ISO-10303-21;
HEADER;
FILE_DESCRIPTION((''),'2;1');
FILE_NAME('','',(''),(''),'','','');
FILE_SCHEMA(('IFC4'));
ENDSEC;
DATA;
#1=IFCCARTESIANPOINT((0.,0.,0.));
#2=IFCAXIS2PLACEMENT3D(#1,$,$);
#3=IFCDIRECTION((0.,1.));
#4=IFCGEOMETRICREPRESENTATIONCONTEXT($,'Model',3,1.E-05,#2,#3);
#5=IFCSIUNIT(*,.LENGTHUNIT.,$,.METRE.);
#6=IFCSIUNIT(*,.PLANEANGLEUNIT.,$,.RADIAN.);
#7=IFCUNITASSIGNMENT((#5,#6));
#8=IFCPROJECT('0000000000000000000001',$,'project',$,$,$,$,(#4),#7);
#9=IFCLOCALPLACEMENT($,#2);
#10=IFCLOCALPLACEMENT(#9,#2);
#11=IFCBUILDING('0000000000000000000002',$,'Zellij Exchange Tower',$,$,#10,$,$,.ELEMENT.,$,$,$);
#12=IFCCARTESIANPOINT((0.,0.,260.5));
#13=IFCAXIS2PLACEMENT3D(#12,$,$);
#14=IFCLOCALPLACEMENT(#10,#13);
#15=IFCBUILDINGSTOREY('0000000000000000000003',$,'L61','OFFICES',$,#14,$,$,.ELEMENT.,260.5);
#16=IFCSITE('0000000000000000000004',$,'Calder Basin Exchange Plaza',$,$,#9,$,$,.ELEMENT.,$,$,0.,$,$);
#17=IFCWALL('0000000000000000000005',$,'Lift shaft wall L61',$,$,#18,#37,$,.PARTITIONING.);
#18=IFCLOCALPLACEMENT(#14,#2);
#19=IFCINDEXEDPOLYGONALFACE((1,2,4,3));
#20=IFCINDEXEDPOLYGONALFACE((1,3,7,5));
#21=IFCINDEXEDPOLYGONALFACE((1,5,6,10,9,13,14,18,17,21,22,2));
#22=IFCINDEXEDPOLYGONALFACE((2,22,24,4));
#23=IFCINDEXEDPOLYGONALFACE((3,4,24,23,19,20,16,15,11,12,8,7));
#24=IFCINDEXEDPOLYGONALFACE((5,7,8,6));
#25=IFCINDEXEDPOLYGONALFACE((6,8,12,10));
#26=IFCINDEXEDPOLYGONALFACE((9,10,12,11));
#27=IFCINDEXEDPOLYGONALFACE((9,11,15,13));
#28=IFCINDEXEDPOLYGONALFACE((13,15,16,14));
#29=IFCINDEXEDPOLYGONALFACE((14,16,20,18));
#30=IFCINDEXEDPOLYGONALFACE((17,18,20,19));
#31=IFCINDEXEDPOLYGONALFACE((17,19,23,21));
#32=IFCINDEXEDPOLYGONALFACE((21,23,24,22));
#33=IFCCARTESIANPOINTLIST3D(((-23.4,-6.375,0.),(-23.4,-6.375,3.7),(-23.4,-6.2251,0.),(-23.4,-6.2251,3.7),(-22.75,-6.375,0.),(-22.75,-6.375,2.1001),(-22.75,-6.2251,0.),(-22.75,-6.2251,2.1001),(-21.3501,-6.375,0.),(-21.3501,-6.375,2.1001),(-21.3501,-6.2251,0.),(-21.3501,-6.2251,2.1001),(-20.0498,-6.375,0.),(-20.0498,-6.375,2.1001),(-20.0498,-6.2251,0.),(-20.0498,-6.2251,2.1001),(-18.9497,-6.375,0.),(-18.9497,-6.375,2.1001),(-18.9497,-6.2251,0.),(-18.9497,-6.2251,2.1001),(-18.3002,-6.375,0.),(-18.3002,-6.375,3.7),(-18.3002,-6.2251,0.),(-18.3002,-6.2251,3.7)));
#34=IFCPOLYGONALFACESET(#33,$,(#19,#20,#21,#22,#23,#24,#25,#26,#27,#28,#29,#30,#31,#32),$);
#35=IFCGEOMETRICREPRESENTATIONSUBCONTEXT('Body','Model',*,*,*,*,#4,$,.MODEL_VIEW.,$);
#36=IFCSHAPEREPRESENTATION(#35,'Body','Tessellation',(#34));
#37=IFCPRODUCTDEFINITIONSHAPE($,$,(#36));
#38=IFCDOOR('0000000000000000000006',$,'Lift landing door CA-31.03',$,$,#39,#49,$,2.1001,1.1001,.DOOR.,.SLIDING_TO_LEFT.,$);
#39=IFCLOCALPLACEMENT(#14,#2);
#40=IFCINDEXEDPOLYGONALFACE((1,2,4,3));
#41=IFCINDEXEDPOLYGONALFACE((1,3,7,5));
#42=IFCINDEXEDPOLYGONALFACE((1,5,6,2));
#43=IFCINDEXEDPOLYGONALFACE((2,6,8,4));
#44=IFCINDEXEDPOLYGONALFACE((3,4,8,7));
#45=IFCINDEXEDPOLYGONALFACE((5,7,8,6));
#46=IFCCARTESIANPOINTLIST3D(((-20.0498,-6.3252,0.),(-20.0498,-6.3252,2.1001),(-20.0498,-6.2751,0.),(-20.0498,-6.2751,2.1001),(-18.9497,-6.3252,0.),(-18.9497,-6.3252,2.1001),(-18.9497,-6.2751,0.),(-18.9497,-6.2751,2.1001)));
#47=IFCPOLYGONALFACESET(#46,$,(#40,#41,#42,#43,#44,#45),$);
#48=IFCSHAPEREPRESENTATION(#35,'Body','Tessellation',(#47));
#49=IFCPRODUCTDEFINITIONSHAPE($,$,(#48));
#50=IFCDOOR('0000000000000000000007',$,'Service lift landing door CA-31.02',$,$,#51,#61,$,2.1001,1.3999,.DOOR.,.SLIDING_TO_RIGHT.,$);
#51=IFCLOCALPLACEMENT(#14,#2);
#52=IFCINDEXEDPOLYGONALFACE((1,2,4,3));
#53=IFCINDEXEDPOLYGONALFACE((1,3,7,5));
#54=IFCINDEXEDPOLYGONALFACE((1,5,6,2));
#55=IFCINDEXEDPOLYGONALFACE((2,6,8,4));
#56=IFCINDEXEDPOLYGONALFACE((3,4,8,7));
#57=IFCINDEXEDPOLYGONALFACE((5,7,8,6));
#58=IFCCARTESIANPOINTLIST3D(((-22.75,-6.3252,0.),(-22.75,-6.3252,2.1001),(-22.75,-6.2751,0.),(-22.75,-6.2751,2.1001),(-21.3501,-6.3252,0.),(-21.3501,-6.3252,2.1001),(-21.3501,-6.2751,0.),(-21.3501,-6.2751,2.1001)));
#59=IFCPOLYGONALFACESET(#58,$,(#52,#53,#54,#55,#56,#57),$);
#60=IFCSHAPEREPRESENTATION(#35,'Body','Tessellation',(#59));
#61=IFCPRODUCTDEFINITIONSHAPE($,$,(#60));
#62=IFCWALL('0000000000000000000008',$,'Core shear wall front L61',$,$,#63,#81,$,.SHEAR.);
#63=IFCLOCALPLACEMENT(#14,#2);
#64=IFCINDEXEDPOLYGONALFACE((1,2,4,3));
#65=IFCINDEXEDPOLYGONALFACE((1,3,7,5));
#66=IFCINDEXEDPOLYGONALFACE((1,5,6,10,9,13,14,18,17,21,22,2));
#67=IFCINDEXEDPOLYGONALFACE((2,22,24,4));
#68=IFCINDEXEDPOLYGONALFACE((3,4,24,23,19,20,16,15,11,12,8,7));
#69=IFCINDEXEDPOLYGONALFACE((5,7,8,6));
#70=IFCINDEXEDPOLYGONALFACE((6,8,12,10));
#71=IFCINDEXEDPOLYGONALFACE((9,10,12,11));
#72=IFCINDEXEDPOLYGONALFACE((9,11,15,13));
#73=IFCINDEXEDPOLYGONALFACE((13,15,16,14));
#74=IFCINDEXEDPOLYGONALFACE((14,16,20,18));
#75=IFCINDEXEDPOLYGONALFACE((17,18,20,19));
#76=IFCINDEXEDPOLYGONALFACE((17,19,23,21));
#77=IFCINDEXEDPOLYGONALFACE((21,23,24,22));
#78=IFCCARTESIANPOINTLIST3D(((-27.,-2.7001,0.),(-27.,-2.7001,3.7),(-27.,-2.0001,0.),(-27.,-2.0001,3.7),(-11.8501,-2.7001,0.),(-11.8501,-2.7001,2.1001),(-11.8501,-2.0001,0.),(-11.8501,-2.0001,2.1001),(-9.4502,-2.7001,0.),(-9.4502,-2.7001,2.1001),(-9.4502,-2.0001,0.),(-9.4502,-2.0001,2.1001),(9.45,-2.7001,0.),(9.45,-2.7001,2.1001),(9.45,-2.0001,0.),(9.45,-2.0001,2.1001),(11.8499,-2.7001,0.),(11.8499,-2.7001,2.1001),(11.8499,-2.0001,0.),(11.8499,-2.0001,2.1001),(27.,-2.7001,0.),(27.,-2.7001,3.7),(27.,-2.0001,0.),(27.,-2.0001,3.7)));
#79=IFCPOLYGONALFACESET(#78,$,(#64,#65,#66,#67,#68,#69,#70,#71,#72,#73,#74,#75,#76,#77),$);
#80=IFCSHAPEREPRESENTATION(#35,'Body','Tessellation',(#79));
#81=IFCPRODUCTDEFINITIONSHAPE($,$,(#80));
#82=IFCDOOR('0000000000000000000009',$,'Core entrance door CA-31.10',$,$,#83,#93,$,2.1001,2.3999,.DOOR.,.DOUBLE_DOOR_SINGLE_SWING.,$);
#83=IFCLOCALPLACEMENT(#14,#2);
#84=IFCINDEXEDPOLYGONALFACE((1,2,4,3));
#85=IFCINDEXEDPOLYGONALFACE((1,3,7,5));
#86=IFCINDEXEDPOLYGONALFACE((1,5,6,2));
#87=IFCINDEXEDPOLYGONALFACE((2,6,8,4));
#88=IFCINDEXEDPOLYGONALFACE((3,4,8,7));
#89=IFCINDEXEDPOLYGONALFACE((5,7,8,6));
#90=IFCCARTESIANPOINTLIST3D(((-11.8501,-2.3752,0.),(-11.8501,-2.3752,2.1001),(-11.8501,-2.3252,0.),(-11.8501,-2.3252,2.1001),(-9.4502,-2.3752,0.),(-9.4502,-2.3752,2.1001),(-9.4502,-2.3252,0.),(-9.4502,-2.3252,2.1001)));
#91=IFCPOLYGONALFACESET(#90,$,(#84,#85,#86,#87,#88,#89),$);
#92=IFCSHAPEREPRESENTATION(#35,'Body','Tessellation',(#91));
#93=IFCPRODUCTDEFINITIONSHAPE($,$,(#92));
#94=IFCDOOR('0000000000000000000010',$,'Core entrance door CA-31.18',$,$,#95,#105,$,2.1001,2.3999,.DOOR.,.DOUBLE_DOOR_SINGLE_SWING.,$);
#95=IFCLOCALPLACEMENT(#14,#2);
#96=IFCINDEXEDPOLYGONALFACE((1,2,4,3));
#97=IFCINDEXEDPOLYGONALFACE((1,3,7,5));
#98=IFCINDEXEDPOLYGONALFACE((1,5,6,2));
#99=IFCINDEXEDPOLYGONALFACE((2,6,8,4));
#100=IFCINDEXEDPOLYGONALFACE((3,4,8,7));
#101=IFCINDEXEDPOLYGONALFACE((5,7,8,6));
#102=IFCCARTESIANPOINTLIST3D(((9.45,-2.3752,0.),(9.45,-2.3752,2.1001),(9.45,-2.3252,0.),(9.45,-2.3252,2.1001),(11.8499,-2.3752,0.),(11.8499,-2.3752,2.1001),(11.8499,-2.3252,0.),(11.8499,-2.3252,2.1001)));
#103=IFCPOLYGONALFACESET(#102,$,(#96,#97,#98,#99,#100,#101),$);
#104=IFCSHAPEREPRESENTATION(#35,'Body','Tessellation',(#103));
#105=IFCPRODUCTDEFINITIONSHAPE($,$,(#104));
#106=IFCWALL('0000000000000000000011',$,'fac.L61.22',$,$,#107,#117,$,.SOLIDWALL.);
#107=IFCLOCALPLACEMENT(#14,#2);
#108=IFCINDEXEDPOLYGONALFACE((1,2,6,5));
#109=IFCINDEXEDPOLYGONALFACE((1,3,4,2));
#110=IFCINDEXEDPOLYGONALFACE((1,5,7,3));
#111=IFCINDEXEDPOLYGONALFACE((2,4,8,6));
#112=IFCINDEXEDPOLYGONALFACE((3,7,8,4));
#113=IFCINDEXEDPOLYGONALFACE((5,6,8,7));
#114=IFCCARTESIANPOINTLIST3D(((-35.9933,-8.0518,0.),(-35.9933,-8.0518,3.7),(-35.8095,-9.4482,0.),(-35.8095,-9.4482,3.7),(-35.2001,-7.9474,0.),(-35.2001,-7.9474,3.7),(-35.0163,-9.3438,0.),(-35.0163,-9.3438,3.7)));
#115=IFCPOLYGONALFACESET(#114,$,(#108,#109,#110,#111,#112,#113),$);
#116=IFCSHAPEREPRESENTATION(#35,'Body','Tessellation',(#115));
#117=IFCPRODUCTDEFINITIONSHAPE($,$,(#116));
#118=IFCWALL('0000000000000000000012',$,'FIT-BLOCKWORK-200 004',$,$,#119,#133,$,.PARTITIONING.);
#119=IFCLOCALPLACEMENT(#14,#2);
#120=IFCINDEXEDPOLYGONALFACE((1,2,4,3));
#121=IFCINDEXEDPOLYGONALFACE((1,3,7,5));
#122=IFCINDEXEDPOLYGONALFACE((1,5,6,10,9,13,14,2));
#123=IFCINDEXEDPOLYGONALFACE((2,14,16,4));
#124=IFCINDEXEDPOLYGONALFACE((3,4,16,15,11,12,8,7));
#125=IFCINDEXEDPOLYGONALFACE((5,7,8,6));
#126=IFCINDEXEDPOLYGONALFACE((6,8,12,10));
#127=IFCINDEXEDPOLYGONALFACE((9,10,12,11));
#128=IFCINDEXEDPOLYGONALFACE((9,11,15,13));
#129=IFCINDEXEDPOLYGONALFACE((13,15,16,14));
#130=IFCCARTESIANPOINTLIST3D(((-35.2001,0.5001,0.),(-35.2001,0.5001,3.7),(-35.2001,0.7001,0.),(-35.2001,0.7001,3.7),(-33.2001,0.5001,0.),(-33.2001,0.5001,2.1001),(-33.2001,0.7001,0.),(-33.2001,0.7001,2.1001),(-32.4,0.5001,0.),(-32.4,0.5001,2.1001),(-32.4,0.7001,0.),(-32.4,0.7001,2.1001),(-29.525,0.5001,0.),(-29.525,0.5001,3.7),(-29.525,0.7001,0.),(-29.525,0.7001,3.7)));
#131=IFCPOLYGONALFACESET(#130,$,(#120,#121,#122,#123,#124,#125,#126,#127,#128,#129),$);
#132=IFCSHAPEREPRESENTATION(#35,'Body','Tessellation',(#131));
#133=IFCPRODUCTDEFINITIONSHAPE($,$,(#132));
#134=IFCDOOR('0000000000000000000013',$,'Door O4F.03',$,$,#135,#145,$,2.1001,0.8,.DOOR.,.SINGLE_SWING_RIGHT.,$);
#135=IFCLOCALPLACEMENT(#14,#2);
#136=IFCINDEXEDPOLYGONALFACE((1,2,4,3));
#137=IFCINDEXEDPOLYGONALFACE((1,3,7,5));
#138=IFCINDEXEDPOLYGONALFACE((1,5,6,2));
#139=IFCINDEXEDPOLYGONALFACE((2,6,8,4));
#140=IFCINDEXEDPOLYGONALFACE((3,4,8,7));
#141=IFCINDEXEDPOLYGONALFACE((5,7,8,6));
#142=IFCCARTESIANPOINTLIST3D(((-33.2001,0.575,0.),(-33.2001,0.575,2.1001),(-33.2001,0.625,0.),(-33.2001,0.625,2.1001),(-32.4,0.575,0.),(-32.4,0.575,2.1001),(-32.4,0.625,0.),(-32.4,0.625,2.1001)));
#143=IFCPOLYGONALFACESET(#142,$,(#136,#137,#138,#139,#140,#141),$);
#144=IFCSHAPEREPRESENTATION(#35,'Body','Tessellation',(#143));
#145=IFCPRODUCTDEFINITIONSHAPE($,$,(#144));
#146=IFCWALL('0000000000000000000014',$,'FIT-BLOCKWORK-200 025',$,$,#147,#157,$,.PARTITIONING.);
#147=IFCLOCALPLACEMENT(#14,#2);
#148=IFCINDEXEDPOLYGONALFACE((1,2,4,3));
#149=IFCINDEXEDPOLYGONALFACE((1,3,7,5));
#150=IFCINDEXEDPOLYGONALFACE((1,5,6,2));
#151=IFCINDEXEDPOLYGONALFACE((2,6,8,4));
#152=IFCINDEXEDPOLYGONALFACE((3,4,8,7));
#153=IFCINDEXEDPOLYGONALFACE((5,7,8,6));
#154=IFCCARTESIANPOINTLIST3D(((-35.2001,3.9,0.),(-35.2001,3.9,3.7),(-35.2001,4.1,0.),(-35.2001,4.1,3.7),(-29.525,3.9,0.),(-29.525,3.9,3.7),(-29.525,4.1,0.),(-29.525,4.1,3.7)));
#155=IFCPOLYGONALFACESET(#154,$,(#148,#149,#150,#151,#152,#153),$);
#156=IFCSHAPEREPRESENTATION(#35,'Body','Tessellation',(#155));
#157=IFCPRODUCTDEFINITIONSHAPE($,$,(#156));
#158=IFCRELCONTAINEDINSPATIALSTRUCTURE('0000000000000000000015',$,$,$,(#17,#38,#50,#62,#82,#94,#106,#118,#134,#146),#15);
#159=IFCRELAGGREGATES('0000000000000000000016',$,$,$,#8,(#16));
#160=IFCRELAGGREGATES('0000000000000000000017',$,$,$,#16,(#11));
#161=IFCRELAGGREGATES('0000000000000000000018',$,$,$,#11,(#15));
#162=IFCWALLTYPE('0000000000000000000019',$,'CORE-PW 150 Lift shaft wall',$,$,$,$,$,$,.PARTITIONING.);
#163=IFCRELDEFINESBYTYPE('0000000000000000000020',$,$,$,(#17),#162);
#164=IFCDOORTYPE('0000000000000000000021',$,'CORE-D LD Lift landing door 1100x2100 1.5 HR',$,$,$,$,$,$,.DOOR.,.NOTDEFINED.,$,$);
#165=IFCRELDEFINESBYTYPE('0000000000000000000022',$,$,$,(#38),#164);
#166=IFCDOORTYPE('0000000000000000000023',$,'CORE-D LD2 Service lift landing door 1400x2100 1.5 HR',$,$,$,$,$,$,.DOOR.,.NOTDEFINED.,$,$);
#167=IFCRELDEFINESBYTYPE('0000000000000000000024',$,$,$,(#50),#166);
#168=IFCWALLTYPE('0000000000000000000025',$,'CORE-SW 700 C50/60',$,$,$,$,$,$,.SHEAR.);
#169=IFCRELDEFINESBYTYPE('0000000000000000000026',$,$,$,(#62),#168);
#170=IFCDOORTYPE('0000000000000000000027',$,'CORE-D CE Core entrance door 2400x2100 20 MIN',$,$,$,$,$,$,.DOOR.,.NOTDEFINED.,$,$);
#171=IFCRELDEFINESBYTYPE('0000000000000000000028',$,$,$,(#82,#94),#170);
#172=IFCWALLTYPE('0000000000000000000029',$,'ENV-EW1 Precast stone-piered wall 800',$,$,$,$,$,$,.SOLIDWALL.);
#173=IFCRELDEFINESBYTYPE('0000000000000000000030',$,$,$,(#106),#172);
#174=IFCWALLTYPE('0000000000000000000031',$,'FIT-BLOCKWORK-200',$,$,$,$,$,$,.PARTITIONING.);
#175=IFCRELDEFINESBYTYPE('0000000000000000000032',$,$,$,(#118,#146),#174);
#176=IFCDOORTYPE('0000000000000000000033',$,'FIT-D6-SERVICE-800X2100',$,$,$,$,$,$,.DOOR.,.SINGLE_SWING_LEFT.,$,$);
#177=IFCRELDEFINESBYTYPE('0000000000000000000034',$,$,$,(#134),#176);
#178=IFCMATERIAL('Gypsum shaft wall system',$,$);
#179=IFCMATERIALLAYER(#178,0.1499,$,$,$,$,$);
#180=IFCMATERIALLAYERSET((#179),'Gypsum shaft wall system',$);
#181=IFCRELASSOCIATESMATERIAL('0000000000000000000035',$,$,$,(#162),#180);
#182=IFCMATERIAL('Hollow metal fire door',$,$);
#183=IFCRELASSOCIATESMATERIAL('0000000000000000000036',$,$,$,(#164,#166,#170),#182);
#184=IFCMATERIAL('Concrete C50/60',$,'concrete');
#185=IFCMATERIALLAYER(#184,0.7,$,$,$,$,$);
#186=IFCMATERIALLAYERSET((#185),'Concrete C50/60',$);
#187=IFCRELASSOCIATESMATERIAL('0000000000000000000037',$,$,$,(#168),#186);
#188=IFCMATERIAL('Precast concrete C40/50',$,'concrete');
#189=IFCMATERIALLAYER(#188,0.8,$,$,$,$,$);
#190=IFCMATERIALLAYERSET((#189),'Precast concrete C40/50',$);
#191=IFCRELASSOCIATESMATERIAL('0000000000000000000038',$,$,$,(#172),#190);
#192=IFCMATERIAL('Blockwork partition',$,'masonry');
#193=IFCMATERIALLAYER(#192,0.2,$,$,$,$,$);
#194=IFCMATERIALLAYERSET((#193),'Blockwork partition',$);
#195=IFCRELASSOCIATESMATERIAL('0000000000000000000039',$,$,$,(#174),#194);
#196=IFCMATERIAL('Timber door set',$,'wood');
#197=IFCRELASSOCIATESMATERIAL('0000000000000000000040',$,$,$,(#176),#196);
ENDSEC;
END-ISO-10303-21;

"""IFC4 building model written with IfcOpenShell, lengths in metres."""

from ifc_helpers import new_model, si_unit, direction, frame, frame_2d, origin, place, context, subcontext, project, spatial, rectangle, extrude, material, layer, layer_set, type_object, element, fill, save


model = new_model("IFC4")

# Units and contexts
model_context = context("Model", 3, precision=1e-05, world=origin(), true_north=direction((0.0, 1.0)))
body_context = subcontext(model_context, "Body", "Model", "MODEL_VIEW")
ifc_project = project(units=[si_unit("LENGTHUNIT", "METRE"), si_unit("PLANEANGLEUNIT", "RADIAN")], contexts=[model_context])

# Site, building, storey
site_placement = place(None, origin())
site = spatial("IfcSite", under=ifc_project, at=site_placement, Name="Calder Basin Exchange Plaza", CompositionType="ELEMENT", RefElevation=0.0)
building_placement = place(site_placement, origin())
building = spatial("IfcBuilding", under=site, at=building_placement, Name="Zellij Exchange Tower", CompositionType="ELEMENT")
storey_placement = place(building_placement, frame((0.0, 0.0, 260.5)))
storey = spatial("IfcBuildingStorey", under=building, at=storey_placement, Name="L61", Description="OFFICES", CompositionType="ELEMENT", Elevation=260.5)

# Shared definitions
ifc_material_1 = material(Name="Concrete C50/60", Category="concrete")

# Shared definitions
ifc_material_2 = material(Name="Gypsum shaft wall system")
ifc_layer_1 = layer(ifc_material_2, 0.1499)
ifc_layer_set_1 = layer_set([ifc_layer_1], Name="Gypsum shaft wall system")
wall_type_1 = type_object("IfcWallType", Name="CORE-PW 150 Lift shaft wall", PredefinedType="PARTITIONING", material=ifc_layer_set_1)

# Walls, openings, doors
wall_1_placement = place(storey_placement, frame((-23.3999, -6.3, 0.0), z_axis=(0.0, 0.0, 1.0), x_axis=(1.0, 0.0, 0.0)))
wall_1 = element("IfcWall", 1, at=wall_1_placement, inside=storey, type_object=wall_type_1, Name="Lift shaft wall L61", PredefinedType="PARTITIONING", context=body_context, shape_type="SweptSolid", body=[
    extrude(rectangle(XDim=5.0999, YDim=0.1499, at=frame_2d((2.5498, 0.0))), origin(), (0.0, 0.0, 1.0), 3.7),
])
opening_1_placement = place(wall_1_placement, frame((0.6499, 0.0, 0.0)))
opening_1 = element("IfcOpeningElement", 2, at=opening_1_placement, cuts=wall_1, PredefinedType="OPENING", context=body_context, shape_type="SweptSolid", body=[
    extrude(rectangle(XDim=1.3999, YDim=2.1001, at=frame_2d((0.7, 1.05))), frame((0.0, 0.0869, 0.0), z_axis=(0.0, -1.0, 0.0), x_axis=(1.0, 0.0, 0.0)), (0.0, 0.0, 1.0), 0.1738),
])
opening_2_placement = place(wall_1_placement, frame((3.3501, 0.0, 0.0)))
opening_2 = element("IfcOpeningElement", 3, at=opening_2_placement, cuts=wall_1, PredefinedType="OPENING", context=body_context, shape_type="SweptSolid", body=[
    extrude(rectangle(XDim=1.1001, YDim=2.1001, at=frame_2d((0.55, 1.05))), frame((0.0, 0.0869, 0.0), z_axis=(0.0, -1.0, 0.0), x_axis=(1.0, 0.0, 0.0)), (0.0, 0.0, 1.0), 0.1738),
])
ifc_material_3 = material(Name="Hollow metal fire door")
door_type_1 = type_object("IfcDoorType", Name="CORE-D LD Lift landing door 1100x2100 1.5 HR", OperationType="NOTDEFINED", PredefinedType="DOOR", material=ifc_material_3)
door_1_placement = place(opening_2_placement, origin())
door_1 = element("IfcDoor", 4, at=door_1_placement, inside=storey, type_object=door_type_1, Name="Lift landing door CA-31.03", OperationType="SLIDING_TO_LEFT", OverallHeight=2.1001, OverallWidth=1.1001, PredefinedType="DOOR", context=body_context, shape_type="SweptSolid", body=[
    extrude(rectangle(XDim=1.1001, YDim=2.1001, at=frame_2d((0.55, 1.05))), frame((0.0, 0.0249, 0.0), z_axis=(0.0, -1.0, 0.0), x_axis=(1.0, 0.0, 0.0)), (0.0, 0.0, 1.0), 0.05),
])
fill(opening_2, door_1)
door_type_2 = type_object("IfcDoorType", Name="CORE-D LD2 Service lift landing door 1400x2100 1.5 HR", OperationType="NOTDEFINED", PredefinedType="DOOR", material=ifc_material_3)
door_2_placement = place(opening_1_placement, origin())
door_2 = element("IfcDoor", 5, at=door_2_placement, inside=storey, type_object=door_type_2, Name="Service lift landing door CA-31.02", OperationType="SLIDING_TO_RIGHT", OverallHeight=2.1001, OverallWidth=1.3999, PredefinedType="DOOR", context=body_context, shape_type="SweptSolid", body=[
    extrude(rectangle(XDim=1.3999, YDim=2.1001, at=frame_2d((0.7, 1.05))), frame((0.0, 0.0249, 0.0), z_axis=(0.0, -1.0, 0.0), x_axis=(1.0, 0.0, 0.0)), (0.0, 0.0, 1.0), 0.05),
])
fill(opening_1, door_2)
ifc_layer_2 = layer(ifc_material_1, 0.7)
ifc_layer_set_2 = layer_set([ifc_layer_2], Name="Concrete C50/60")
wall_type_2 = type_object("IfcWallType", Name="CORE-SW 700 C50/60", PredefinedType="SHEAR", material=ifc_layer_set_2)
wall_2_placement = place(storey_placement, frame((-27.0, -2.3501, 0.0), z_axis=(0.0, 0.0, 1.0), x_axis=(1.0, 0.0, 0.0)))
wall_2 = element("IfcWall", 6, at=wall_2_placement, inside=storey, type_object=wall_type_2, Name="Core shear wall front L61", PredefinedType="SHEAR", context=body_context, shape_type="SweptSolid", body=[
    extrude(rectangle(XDim=54.0, YDim=0.7, at=frame_2d((27.0, 0.0))), origin(), (0.0, 0.0, 1.0), 3.7),
])
opening_3_placement = place(wall_2_placement, frame((15.1499, 0.0, 0.0)))
opening_3 = element("IfcOpeningElement", 7, at=opening_3_placement, cuts=wall_2, PredefinedType="OPENING", context=body_context, shape_type="SweptSolid", body=[
    extrude(rectangle(XDim=2.3999, YDim=2.1001, at=frame_2d((1.2, 1.05))), frame((0.0, 0.3618, 0.0), z_axis=(0.0, -1.0, 0.0), x_axis=(1.0, 0.0, 0.0)), (0.0, 0.0, 1.0), 0.7239),
])
opening_4_placement = place(wall_2_placement, frame((36.45, 0.0, 0.0)))
opening_4 = element("IfcOpeningElement", 8, at=opening_4_placement, cuts=wall_2, PredefinedType="OPENING", context=body_context, shape_type="SweptSolid", body=[
    extrude(rectangle(XDim=2.3999, YDim=2.1001, at=frame_2d((1.2, 1.05))), frame((0.0, 0.3618, 0.0), z_axis=(0.0, -1.0, 0.0), x_axis=(1.0, 0.0, 0.0)), (0.0, 0.0, 1.0), 0.7239),
])
door_type_3 = type_object("IfcDoorType", Name="CORE-D CE Core entrance door 2400x2100 20 MIN", OperationType="NOTDEFINED", PredefinedType="DOOR", material=ifc_material_3)
door_3_placement = place(opening_3_placement, origin())
door_3 = element("IfcDoor", 9, at=door_3_placement, inside=storey, type_object=door_type_3, Name="Core entrance door CA-31.10", OperationType="DOUBLE_DOOR_SINGLE_SWING", OverallHeight=2.1001, OverallWidth=2.3999, PredefinedType="DOOR", context=body_context, shape_type="SweptSolid", body=[
    extrude(rectangle(XDim=2.3999, YDim=2.1001, at=frame_2d((1.2, 1.05))), frame((0.0, 0.0249, 0.0), z_axis=(0.0, -1.0, 0.0), x_axis=(1.0, 0.0, 0.0)), (0.0, 0.0, 1.0), 0.05),
])
fill(opening_3, door_3)
door_4_placement = place(opening_4_placement, origin())
door_4 = element("IfcDoor", 10, at=door_4_placement, inside=storey, type_object=door_type_3, Name="Core entrance door CA-31.18", OperationType="DOUBLE_DOOR_SINGLE_SWING", OverallHeight=2.1001, OverallWidth=2.3999, PredefinedType="DOOR", context=body_context, shape_type="SweptSolid", body=[
    extrude(rectangle(XDim=2.3999, YDim=2.1001, at=frame_2d((1.2, 1.05))), frame((0.0, 0.0249, 0.0), z_axis=(0.0, -1.0, 0.0), x_axis=(1.0, 0.0, 0.0)), (0.0, 0.0, 1.0), 0.05),
])
fill(opening_4, door_4)

# Wall
ifc_material_4 = material(Name="Precast concrete C40/50", Category="concrete")
ifc_layer_3 = layer(ifc_material_4, 0.8)
ifc_layer_set_3 = layer_set([ifc_layer_3], Name="Precast concrete C40/50")
wall_type_3 = type_object("IfcWallType", Name="ENV-EW1 Precast stone-piered wall 800", PredefinedType="SOLIDWALL", material=ifc_layer_set_3)
wall_3_placement = place(storey_placement, frame((-35.5967, -7.9998, 0.0), z_axis=(0.0, 0.0, 1.0), x_axis=(0.130517, -0.991446, 0.0)))
element("IfcWall", 11, at=wall_3_placement, inside=storey, type_object=wall_type_3, Name="fac.L61.22", PredefinedType="SOLIDWALL", context=body_context, shape_type="SweptSolid", body=[
    extrude(rectangle(XDim=1.4084, YDim=0.8, at=frame_2d((0.7041, 0.0))), origin(), (0.0, 0.0, 1.0), 3.7),
])

# Wall, opening, door
ifc_material_5 = material(Name="Blockwork partition", Category="masonry")
ifc_layer_4 = layer(ifc_material_5, 0.2)
ifc_layer_set_4 = layer_set([ifc_layer_4], Name="Blockwork partition")
wall_type_4 = type_object("IfcWallType", Name="FIT-BLOCKWORK-200", PredefinedType="PARTITIONING", material=ifc_layer_set_4)
wall_4_placement = place(storey_placement, frame((-35.2, 0.6001, 0.0), z_axis=(0.0, 0.0, 1.0), x_axis=(1.0, 0.0, 0.0)))
wall_4 = element("IfcWall", 12, at=wall_4_placement, inside=storey, type_object=wall_type_4, Name="FIT-BLOCKWORK-200 004", PredefinedType="PARTITIONING", context=body_context, shape_type="SweptSolid", body=[
    extrude(rectangle(XDim=5.675, YDim=0.2, at=frame_2d((2.8374, 0.0))), origin(), (0.0, 0.0, 1.0), 3.7),
])
opening_5_placement = place(wall_4_placement, frame((2.0, 0.0, 0.0)))
opening_5 = element("IfcOpeningElement", 13, at=opening_5_placement, cuts=wall_4, PredefinedType="OPENING", context=body_context, shape_type="SweptSolid", body=[
    extrude(rectangle(XDim=0.8, YDim=2.1001, at=frame_2d((0.3999, 1.05))), frame((0.0, 0.1118, 0.0), z_axis=(0.0, -1.0, 0.0), x_axis=(1.0, 0.0, 0.0)), (0.0, 0.0, 1.0), 0.2239),
])
ifc_material_6 = material(Name="Timber door set", Category="wood")
door_type_4 = type_object("IfcDoorType", Name="FIT-D6-SERVICE-800X2100", OperationType="SINGLE_SWING_LEFT", PredefinedType="DOOR", material=ifc_material_6)
door_5_placement = place(opening_5_placement, origin())
door_5 = element("IfcDoor", 14, at=door_5_placement, inside=storey, type_object=door_type_4, Name="Door O4F.03", OperationType="SINGLE_SWING_RIGHT", OverallHeight=2.1001, OverallWidth=0.8, PredefinedType="DOOR", context=body_context, shape_type="SweptSolid", body=[
    extrude(rectangle(XDim=0.8, YDim=2.1001, at=frame_2d((0.3999, 1.05))), frame((0.0, 0.0249, 0.0), z_axis=(0.0, -1.0, 0.0), x_axis=(1.0, 0.0, 0.0)), (0.0, 0.0, 1.0), 0.05),
])
fill(opening_5, door_5)

# Wall
wall_5_placement = place(storey_placement, frame((-35.2, 4.0, 0.0), z_axis=(0.0, 0.0, 1.0), x_axis=(1.0, 0.0, 0.0)))
element("IfcWall", 15, at=wall_5_placement, inside=storey, type_object=wall_type_4, Name="FIT-BLOCKWORK-200 025", PredefinedType="PARTITIONING", context=body_context, shape_type="SweptSolid", body=[
    extrude(rectangle(XDim=5.675, YDim=0.2, at=frame_2d((2.8374, 0.0))), origin(), (0.0, 0.0, 1.0), 3.7),
])

save(model, "model.ifc")
